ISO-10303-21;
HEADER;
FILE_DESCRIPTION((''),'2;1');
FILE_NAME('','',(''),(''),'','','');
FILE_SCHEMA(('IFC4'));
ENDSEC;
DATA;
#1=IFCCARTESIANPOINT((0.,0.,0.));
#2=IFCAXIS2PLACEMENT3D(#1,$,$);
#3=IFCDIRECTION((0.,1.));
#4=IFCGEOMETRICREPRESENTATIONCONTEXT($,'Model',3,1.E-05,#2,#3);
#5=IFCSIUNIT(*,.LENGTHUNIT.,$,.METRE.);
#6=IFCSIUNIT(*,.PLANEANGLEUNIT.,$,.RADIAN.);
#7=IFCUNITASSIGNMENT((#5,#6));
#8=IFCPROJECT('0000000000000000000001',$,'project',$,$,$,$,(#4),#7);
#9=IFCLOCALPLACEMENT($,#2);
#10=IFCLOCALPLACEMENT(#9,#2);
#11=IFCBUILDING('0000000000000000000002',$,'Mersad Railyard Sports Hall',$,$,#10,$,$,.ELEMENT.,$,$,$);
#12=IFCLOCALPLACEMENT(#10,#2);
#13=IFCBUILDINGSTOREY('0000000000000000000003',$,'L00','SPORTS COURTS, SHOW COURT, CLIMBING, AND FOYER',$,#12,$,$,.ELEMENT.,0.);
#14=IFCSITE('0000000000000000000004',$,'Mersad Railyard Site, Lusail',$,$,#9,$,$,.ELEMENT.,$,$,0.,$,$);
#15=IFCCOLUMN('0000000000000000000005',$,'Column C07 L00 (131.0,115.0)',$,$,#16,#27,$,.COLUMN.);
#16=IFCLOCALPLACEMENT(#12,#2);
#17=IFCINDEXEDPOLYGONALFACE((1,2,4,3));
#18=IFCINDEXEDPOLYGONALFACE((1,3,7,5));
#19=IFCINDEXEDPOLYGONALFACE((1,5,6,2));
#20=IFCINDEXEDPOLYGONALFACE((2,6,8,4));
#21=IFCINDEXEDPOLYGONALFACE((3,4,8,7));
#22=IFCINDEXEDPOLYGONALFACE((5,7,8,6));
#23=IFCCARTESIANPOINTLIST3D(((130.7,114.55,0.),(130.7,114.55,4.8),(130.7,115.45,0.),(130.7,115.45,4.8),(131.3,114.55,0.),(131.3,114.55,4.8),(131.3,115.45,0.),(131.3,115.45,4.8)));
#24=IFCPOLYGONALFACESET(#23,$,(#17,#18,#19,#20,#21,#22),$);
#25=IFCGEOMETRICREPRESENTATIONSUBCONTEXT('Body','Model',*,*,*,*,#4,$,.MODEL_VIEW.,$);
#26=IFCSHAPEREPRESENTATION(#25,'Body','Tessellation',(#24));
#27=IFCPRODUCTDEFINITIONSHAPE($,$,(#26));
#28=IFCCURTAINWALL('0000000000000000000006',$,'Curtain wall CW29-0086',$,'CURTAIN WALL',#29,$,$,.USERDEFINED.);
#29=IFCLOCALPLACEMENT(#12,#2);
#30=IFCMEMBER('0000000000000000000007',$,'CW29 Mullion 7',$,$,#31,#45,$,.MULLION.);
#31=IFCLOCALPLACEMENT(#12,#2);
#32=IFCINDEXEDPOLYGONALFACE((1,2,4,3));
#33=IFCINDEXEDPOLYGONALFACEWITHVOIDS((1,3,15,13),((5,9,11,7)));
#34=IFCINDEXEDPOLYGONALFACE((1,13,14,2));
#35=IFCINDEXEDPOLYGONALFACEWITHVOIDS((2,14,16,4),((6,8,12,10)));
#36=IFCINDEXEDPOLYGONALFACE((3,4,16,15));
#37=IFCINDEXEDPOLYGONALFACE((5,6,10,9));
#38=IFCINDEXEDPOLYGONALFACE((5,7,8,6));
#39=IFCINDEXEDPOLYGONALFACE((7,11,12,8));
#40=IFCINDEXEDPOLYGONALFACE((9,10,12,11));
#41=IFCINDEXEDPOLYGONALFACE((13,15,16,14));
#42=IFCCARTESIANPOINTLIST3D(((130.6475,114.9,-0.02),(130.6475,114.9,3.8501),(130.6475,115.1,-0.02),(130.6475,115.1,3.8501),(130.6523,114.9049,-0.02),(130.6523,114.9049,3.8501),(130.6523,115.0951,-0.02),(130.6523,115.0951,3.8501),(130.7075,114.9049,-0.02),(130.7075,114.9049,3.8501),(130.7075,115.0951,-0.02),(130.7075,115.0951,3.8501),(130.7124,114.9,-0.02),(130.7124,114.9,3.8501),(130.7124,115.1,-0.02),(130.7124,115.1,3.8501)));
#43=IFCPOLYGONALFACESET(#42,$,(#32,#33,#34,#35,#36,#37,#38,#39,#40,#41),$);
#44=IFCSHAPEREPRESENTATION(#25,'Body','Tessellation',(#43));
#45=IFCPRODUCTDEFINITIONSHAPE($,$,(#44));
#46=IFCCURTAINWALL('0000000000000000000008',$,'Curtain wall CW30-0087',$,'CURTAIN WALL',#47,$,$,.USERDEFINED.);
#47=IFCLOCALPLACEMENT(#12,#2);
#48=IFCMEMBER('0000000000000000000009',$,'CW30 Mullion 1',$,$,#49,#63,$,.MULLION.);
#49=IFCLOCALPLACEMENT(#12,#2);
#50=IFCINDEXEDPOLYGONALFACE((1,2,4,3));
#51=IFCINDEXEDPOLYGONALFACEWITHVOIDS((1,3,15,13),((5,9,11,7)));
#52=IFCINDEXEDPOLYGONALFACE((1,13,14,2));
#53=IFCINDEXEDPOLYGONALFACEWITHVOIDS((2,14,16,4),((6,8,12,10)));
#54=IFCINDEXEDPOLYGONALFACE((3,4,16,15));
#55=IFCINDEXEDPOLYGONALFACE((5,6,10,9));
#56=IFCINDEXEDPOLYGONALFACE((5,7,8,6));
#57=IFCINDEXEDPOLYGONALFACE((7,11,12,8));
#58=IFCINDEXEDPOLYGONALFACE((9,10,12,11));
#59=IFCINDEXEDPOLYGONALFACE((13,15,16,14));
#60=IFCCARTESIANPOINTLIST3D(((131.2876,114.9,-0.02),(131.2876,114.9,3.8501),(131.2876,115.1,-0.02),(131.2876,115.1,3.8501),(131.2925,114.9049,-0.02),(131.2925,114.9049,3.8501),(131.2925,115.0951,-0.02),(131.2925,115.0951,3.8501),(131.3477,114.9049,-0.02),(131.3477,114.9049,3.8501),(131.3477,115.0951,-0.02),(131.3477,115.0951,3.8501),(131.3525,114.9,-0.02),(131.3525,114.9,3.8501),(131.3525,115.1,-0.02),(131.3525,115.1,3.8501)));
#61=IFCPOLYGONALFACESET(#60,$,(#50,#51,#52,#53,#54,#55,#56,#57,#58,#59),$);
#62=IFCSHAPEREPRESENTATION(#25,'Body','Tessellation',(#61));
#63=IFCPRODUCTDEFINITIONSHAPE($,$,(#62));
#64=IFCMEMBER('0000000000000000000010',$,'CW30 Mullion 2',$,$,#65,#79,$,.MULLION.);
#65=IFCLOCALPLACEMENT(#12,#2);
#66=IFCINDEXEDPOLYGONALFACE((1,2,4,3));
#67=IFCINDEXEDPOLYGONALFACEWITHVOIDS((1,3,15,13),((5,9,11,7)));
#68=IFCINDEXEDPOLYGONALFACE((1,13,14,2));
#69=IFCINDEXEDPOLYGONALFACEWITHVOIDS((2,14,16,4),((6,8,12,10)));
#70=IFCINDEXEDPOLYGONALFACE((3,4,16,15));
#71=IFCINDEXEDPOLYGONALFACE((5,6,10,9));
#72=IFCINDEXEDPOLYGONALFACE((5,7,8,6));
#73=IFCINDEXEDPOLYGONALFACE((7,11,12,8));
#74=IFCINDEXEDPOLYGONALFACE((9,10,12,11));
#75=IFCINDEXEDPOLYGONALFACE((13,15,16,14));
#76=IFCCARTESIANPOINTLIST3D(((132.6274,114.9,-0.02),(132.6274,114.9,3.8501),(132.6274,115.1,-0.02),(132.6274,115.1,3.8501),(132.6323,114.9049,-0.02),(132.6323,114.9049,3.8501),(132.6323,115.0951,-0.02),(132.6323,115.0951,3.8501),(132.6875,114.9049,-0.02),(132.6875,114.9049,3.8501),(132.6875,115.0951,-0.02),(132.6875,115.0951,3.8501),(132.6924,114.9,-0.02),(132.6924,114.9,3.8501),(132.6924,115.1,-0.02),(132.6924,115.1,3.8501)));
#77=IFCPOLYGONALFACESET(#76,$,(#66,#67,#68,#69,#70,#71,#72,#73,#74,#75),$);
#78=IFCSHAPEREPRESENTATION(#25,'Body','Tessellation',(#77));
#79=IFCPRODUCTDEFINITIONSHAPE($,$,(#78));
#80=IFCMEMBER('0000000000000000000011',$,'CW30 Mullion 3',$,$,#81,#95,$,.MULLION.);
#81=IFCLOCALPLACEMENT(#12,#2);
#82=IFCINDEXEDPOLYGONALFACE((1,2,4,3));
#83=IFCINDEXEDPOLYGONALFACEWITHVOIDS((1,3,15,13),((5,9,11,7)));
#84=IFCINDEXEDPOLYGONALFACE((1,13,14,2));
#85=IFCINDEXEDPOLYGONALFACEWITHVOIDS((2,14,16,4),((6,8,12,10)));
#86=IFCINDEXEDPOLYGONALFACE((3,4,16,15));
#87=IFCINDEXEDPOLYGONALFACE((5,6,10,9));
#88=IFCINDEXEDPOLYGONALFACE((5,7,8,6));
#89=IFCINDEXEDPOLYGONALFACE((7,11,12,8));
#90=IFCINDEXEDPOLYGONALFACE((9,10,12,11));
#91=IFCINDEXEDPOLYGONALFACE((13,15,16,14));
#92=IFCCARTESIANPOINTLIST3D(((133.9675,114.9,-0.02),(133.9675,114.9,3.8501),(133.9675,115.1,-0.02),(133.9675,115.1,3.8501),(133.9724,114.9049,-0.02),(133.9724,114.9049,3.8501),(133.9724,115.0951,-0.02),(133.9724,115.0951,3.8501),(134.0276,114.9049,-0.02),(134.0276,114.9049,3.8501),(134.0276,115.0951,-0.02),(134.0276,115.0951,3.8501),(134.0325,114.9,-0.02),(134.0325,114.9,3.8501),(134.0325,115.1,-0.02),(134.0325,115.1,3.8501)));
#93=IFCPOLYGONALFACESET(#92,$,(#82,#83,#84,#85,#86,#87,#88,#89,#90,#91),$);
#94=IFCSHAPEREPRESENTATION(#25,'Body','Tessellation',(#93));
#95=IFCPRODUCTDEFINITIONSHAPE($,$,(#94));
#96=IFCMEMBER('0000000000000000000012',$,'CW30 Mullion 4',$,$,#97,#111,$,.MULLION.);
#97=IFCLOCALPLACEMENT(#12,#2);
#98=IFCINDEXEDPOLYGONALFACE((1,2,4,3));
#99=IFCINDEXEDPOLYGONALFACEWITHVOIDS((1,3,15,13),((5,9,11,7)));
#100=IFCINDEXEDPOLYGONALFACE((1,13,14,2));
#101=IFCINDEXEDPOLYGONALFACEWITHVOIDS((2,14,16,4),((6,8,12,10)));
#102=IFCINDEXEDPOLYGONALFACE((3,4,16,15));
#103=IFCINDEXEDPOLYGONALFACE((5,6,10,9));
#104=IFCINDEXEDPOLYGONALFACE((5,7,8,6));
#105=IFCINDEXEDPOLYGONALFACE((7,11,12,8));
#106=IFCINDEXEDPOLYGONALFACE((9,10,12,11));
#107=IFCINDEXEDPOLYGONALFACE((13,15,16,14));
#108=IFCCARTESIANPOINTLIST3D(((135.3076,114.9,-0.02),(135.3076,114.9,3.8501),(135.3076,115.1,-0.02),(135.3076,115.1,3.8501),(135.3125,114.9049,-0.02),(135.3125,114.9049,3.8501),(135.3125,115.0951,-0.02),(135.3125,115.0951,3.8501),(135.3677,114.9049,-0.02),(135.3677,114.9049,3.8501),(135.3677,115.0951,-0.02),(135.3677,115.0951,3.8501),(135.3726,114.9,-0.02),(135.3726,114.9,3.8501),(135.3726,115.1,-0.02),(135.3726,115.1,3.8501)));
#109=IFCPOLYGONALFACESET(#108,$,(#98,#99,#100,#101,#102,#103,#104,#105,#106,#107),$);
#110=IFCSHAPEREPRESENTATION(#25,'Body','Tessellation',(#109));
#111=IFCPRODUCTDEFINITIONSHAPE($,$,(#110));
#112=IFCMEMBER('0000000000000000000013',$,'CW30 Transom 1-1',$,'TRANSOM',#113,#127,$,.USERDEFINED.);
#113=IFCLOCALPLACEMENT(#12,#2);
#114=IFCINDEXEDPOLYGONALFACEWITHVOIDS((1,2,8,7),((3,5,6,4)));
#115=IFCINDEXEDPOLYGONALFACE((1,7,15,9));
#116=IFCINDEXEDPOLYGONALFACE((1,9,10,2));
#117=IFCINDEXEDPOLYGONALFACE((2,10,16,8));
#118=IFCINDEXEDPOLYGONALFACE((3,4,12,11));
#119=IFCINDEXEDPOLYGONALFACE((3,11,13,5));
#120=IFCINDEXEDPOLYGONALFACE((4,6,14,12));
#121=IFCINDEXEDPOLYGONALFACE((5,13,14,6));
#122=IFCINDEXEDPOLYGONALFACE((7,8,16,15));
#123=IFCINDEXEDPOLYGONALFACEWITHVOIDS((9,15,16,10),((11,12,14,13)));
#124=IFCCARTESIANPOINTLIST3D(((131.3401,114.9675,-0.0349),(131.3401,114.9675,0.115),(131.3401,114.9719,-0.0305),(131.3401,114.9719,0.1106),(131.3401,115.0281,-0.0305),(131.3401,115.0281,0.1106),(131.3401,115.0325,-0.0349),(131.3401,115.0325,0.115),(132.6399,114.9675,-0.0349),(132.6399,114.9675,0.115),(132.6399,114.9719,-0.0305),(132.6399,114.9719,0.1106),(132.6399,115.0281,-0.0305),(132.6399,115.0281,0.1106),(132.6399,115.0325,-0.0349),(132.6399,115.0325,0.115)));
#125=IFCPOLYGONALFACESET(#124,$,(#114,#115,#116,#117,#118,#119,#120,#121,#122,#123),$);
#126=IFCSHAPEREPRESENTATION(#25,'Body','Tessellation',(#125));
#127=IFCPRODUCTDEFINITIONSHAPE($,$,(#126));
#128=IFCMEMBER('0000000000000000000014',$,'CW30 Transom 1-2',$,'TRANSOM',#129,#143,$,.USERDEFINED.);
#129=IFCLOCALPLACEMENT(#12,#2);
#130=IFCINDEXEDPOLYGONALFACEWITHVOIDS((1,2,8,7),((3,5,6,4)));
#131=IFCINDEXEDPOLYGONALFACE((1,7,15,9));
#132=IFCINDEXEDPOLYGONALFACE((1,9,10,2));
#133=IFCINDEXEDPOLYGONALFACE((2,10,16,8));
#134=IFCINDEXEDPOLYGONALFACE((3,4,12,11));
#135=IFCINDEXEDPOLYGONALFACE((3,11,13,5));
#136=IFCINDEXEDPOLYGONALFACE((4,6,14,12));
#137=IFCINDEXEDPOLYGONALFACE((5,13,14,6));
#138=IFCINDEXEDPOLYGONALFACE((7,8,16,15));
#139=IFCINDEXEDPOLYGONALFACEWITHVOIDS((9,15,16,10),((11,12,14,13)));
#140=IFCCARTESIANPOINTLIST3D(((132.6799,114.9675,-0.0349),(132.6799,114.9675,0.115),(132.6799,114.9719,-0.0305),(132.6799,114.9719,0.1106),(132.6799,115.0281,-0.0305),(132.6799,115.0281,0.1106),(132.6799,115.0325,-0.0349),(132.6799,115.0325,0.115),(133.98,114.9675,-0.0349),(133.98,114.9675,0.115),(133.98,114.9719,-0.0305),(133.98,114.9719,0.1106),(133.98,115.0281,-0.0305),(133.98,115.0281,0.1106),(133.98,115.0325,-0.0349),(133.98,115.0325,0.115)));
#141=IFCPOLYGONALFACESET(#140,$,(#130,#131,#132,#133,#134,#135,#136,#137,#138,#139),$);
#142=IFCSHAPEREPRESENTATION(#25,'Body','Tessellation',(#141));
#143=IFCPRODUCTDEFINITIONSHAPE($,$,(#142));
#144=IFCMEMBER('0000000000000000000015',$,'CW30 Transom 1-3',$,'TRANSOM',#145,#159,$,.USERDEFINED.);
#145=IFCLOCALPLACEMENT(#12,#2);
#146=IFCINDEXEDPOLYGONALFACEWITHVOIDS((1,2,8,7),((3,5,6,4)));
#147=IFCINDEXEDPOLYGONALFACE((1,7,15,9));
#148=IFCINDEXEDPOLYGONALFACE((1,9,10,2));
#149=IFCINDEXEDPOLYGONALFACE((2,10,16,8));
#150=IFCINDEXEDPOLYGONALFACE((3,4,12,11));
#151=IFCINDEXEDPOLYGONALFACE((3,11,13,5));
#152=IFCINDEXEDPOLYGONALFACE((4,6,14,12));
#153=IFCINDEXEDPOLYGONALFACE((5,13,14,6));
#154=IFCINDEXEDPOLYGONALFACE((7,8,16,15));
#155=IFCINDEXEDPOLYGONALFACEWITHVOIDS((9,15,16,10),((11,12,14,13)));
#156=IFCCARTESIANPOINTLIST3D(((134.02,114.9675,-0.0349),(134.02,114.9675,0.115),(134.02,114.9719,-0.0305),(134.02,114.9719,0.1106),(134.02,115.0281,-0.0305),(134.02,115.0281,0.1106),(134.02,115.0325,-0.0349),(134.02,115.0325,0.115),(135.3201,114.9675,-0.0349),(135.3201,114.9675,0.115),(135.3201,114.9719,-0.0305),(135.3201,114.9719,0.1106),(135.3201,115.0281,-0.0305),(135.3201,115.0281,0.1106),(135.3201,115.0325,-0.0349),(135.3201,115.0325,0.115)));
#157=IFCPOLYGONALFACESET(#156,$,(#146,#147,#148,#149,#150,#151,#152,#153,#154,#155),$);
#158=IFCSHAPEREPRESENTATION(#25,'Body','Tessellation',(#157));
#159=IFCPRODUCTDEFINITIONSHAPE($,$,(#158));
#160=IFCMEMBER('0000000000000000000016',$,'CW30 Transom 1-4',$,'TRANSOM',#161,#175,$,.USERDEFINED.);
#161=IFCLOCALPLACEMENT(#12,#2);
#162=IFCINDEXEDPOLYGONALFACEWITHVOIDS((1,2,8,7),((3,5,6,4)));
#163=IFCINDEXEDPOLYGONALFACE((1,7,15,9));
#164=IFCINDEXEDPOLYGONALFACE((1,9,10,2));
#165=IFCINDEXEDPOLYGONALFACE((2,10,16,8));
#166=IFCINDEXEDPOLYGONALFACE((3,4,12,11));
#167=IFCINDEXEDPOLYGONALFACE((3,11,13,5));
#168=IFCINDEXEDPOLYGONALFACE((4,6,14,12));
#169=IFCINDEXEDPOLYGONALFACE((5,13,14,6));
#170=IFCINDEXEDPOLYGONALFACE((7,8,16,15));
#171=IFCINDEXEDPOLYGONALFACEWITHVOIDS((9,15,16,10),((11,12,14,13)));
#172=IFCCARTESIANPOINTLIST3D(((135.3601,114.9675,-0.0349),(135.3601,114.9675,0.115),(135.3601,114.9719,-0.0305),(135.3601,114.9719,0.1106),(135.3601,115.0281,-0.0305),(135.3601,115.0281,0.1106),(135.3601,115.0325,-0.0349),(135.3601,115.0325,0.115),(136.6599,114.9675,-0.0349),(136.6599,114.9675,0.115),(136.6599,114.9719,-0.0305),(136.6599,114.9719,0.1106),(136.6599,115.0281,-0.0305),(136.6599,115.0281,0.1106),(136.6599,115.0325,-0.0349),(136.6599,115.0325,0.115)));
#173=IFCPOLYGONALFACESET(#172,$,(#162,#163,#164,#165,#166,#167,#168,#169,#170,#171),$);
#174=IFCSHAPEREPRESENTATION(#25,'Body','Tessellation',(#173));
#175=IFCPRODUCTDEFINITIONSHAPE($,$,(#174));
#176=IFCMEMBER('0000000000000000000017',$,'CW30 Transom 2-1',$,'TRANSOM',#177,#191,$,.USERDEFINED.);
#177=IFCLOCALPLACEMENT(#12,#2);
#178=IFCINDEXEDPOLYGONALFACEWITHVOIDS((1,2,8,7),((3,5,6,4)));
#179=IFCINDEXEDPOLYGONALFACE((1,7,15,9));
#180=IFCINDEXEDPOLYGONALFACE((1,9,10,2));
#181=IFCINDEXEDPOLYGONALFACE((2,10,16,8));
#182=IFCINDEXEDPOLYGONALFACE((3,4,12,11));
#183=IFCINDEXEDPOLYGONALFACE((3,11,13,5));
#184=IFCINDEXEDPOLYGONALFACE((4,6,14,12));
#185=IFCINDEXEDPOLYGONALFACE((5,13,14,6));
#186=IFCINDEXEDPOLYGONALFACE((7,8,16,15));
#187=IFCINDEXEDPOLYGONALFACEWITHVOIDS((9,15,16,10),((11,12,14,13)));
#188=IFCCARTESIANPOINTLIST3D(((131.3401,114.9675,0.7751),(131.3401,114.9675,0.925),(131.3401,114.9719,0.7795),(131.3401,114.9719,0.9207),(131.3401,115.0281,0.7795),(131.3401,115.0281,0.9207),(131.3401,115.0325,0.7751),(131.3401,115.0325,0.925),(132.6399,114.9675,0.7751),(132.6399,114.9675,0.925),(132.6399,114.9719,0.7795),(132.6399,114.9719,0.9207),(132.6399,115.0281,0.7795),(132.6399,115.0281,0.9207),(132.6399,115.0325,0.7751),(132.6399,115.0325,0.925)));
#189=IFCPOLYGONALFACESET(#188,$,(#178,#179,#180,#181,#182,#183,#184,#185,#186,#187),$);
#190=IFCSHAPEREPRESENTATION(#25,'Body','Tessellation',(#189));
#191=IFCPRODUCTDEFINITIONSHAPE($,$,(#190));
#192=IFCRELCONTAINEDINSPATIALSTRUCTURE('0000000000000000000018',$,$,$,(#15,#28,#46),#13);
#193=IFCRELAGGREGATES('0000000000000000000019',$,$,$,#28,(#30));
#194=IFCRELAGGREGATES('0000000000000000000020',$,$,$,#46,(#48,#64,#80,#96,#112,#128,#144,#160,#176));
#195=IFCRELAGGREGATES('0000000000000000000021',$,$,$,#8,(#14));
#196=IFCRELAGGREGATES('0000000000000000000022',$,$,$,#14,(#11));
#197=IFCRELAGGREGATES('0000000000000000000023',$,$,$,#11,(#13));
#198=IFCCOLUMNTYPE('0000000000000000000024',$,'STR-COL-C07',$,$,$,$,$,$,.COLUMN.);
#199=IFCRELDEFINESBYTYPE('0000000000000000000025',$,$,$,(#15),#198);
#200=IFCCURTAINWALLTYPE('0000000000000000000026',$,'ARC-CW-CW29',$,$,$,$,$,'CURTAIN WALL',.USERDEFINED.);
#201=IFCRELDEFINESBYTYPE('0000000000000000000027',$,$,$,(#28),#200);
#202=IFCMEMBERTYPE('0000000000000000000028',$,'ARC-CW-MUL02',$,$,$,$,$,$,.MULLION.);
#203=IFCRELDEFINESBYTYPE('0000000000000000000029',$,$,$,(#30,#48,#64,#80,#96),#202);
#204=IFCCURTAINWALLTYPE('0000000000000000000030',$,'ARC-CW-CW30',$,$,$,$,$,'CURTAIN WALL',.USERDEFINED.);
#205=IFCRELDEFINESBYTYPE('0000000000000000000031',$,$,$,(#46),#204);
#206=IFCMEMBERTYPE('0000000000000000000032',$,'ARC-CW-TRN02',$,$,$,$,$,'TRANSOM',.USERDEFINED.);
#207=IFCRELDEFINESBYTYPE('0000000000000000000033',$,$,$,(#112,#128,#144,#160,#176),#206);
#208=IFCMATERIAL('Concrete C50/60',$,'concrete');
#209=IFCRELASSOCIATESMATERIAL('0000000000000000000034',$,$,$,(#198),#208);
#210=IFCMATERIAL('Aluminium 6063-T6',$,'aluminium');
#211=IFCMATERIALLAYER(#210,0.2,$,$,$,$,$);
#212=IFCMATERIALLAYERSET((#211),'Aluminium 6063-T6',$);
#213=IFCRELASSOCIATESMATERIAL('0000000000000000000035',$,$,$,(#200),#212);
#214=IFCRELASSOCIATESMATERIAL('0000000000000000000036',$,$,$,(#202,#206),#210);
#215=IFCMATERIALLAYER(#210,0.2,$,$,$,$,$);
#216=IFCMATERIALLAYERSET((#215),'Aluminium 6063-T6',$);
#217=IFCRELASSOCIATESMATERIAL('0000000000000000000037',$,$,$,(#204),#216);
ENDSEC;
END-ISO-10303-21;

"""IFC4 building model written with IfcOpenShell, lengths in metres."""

from ifc_helpers import new_model, si_unit, direction, frame, origin, origin_2d, place, context, subcontext, project, spatial, rectangle, hollow_rectangle, extrude, material, layer, layer_set, material_profile, profile_set, type_object, element, aggregate, save


model = new_model("IFC4")

# Units and contexts
model_context = context("Model", 3, precision=1e-05, world=origin(), true_north=direction((0.0, 1.0)))
body_context = subcontext(model_context, "Body", "Model", "MODEL_VIEW")
ifc_project = project(units=[si_unit("LENGTHUNIT", "METRE"), si_unit("PLANEANGLEUNIT", "RADIAN")], contexts=[model_context])

# Site, building, storey
site_placement = place(None, origin())
site = spatial("IfcSite", under=ifc_project, at=site_placement, Name="Mersad Railyard Site, Lusail", CompositionType="ELEMENT", RefElevation=0.0)
building_placement = place(site_placement, origin())
building = spatial("IfcBuilding", under=site, at=building_placement, Name="Mersad Railyard Sports Hall", CompositionType="ELEMENT")
storey_placement = place(building_placement, origin())
storey = spatial("IfcBuildingStorey", under=building, at=storey_placement, Name="L00", Description="SPORTS COURTS, SHOW COURT, CLIMBING, AND FOYER", CompositionType="ELEMENT", Elevation=0.0)

# Column
ifc_material_1 = material(Name="Concrete C50/60", Category="concrete")
ifc_material_profile_1 = material_profile(ifc_material_1, rectangle(XDim=0.6001, YDim=0.8999, at=origin_2d()), Name="RC 600x900")
ifc_profile_set_1 = profile_set([ifc_material_profile_1], Name="Concrete C50/60")
column_type = type_object("IfcColumnType", Name="STR-COL-C07", PredefinedType="COLUMN", material=ifc_profile_set_1)
column_placement = place(storey_placement, frame((131.0, 115.0, 0.0), z_axis=(0.0, 0.0, 1.0), x_axis=(1.0, 0.0, 0.0)))
element("IfcColumn", 1, at=column_placement, inside=storey, type_object=column_type, Name="Column C07 L00 (131.0,115.0)", PredefinedType="COLUMN", context=body_context, shape_type="SweptSolid", body=[
    extrude(rectangle(XDim=0.6001, YDim=0.8999, at=origin_2d()), origin(), (0.0, 0.0, 1.0), 4.8),
])

# Curtain wall, member
ifc_material_2 = material(Name="Aluminium 6063-T6", Category="aluminium")
ifc_layer_1 = layer(ifc_material_2, 0.2)
ifc_layer_set_1 = layer_set([ifc_layer_1], Name="Aluminium 6063-T6")
curtain_wall_type_1 = type_object("IfcCurtainWallType", Name="ARC-CW-CW29", ElementType="CURTAIN WALL", PredefinedType="USERDEFINED", material=ifc_layer_set_1)
curtain_wall_1_placement = place(storey_placement, origin())
curtain_wall_1 = element("IfcCurtainWall", 2, at=curtain_wall_1_placement, inside=storey, type_object=curtain_wall_type_1, Name="Curtain wall CW29-0086", ObjectType="CURTAIN WALL", PredefinedType="USERDEFINED")
ifc_material_profile_2 = material_profile(ifc_material_2, hollow_rectangle(XDim=0.0649, YDim=0.2, WallThickness=0.0049, at=origin_2d()), Name="AL MULLION 65x200x5")
ifc_profile_set_2 = profile_set([ifc_material_profile_2], Name="Aluminium 6063-T6")
member_type_1 = type_object("IfcMemberType", Name="ARC-CW-MUL02", PredefinedType="MULLION", material=ifc_profile_set_2)
member_1_placement = place(storey_placement, frame((130.6799, 115.0, -0.02), z_axis=(0.0, 0.0, 1.0), x_axis=(1.0, 0.0, 0.0)))
member_1 = element("IfcMember", 3, at=member_1_placement, type_object=member_type_1, Name="CW29 Mullion 7", PredefinedType="MULLION", context=body_context, shape_type="SweptSolid", body=[
    extrude(hollow_rectangle(XDim=0.0649, YDim=0.2, WallThickness=0.0049, at=origin_2d()), origin(), (0.0, 0.0, 1.0), 3.8701),
])
aggregate(curtain_wall_1, [member_1])

# Curtain wall, members
ifc_layer_2 = layer(ifc_material_2, 0.2)
ifc_layer_set_2 = layer_set([ifc_layer_2], Name="Aluminium 6063-T6")
curtain_wall_type_2 = type_object("IfcCurtainWallType", Name="ARC-CW-CW30", ElementType="CURTAIN WALL", PredefinedType="USERDEFINED", material=ifc_layer_set_2)
curtain_wall_2_placement = place(storey_placement, origin())
curtain_wall_2 = element("IfcCurtainWall", 4, at=curtain_wall_2_placement, inside=storey, type_object=curtain_wall_type_2, Name="Curtain wall CW30-0087", ObjectType="CURTAIN WALL", PredefinedType="USERDEFINED")
member_2_placement = place(storey_placement, frame((131.3201, 115.0, -0.02), z_axis=(0.0, 0.0, 1.0), x_axis=(1.0, 0.0, 0.0)))
member_2 = element("IfcMember", 5, at=member_2_placement, type_object=member_type_1, Name="CW30 Mullion 1", PredefinedType="MULLION", context=body_context, shape_type="SweptSolid", body=[
    extrude(hollow_rectangle(XDim=0.0649, YDim=0.2, WallThickness=0.0049, at=origin_2d()), origin(), (0.0, 0.0, 1.0), 3.8701),
])
member_3_placement = place(storey_placement, frame((132.6599, 115.0, -0.02), z_axis=(0.0, 0.0, 1.0), x_axis=(1.0, 0.0, 0.0)))
member_3 = element("IfcMember", 6, at=member_3_placement, type_object=member_type_1, Name="CW30 Mullion 2", PredefinedType="MULLION", context=body_context, shape_type="SweptSolid", body=[
    extrude(hollow_rectangle(XDim=0.0649, YDim=0.2, WallThickness=0.0049, at=origin_2d()), origin(), (0.0, 0.0, 1.0), 3.8701),
])
member_4_placement = place(storey_placement, frame((134.0, 115.0, -0.02), z_axis=(0.0, 0.0, 1.0), x_axis=(1.0, 0.0, 0.0)))
member_4 = element("IfcMember", 7, at=member_4_placement, type_object=member_type_1, Name="CW30 Mullion 3", PredefinedType="MULLION", context=body_context, shape_type="SweptSolid", body=[
    extrude(hollow_rectangle(XDim=0.0649, YDim=0.2, WallThickness=0.0049, at=origin_2d()), origin(), (0.0, 0.0, 1.0), 3.8701),
])
member_5_placement = place(storey_placement, frame((135.3401, 115.0, -0.02), z_axis=(0.0, 0.0, 1.0), x_axis=(1.0, 0.0, 0.0)))
member_5 = element("IfcMember", 8, at=member_5_placement, type_object=member_type_1, Name="CW30 Mullion 4", PredefinedType="MULLION", context=body_context, shape_type="SweptSolid", body=[
    extrude(hollow_rectangle(XDim=0.0649, YDim=0.2, WallThickness=0.0049, at=origin_2d()), origin(), (0.0, 0.0, 1.0), 3.8701),
])
ifc_material_profile_3 = material_profile(ifc_material_2, hollow_rectangle(XDim=0.0649, YDim=0.1499, WallThickness=0.0044, at=origin_2d()), Name="AL TRANSOM 65x150x4.5")
ifc_profile_set_3 = profile_set([ifc_material_profile_3], Name="Aluminium 6063-T6")
member_type_2 = type_object("IfcMemberType", Name="ARC-CW-TRN02", ElementType="TRANSOM", PredefinedType="USERDEFINED", material=ifc_profile_set_3)
member_6_placement = place(storey_placement, frame((131.3401, 115.0, 0.04), z_axis=(1.0, 0.0, 0.0), x_axis=(0.0, 1.0, 0.0)))
member_6 = element("IfcMember", 9, at=member_6_placement, type_object=member_type_2, Name="CW30 Transom 1-1", ObjectType="TRANSOM", PredefinedType="USERDEFINED", context=body_context, shape_type="SweptSolid", body=[
    extrude(hollow_rectangle(XDim=0.0649, YDim=0.1499, WallThickness=0.0044, at=origin_2d()), origin(), (0.0, 0.0, 1.0), 1.2998),
])
member_7_placement = place(storey_placement, frame((132.6799, 115.0, 0.04), z_axis=(1.0, 0.0, 0.0), x_axis=(0.0, 1.0, 0.0)))
member_7 = element("IfcMember", 10, at=member_7_placement, type_object=member_type_2, Name="CW30 Transom 1-2", ObjectType="TRANSOM", PredefinedType="USERDEFINED", context=body_context, shape_type="SweptSolid", body=[
    extrude(hollow_rectangle(XDim=0.0649, YDim=0.1499, WallThickness=0.0044, at=origin_2d()), origin(), (0.0, 0.0, 1.0), 1.3),
])
member_8_placement = place(storey_placement, frame((134.02, 115.0, 0.04), z_axis=(1.0, 0.0, 0.0), x_axis=(0.0, 1.0, 0.0)))
member_8 = element("IfcMember", 11, at=member_8_placement, type_object=member_type_2, Name="CW30 Transom 1-3", ObjectType="TRANSOM", PredefinedType="USERDEFINED", context=body_context, shape_type="SweptSolid", body=[
    extrude(hollow_rectangle(XDim=0.0649, YDim=0.1499, WallThickness=0.0044, at=origin_2d()), origin(), (0.0, 0.0, 1.0), 1.3),
])
member_9_placement = place(storey_placement, frame((135.3601, 115.0, 0.04), z_axis=(1.0, 0.0, 0.0), x_axis=(0.0, 1.0, 0.0)))
member_9 = element("IfcMember", 12, at=member_9_placement, type_object=member_type_2, Name="CW30 Transom 1-4", ObjectType="TRANSOM", PredefinedType="USERDEFINED", context=body_context, shape_type="SweptSolid", body=[
    extrude(hollow_rectangle(XDim=0.0649, YDim=0.1499, WallThickness=0.0044, at=origin_2d()), origin(), (0.0, 0.0, 1.0), 1.2998),
])
member_10_placement = place(storey_placement, frame((131.3401, 115.0, 0.8501), z_axis=(1.0, 0.0, 0.0), x_axis=(0.0, 1.0, 0.0)))
member_10 = element("IfcMember", 13, at=member_10_placement, type_object=member_type_2, Name="CW30 Transom 2-1", ObjectType="TRANSOM", PredefinedType="USERDEFINED", context=body_context, shape_type="SweptSolid", body=[
    extrude(hollow_rectangle(XDim=0.0649, YDim=0.1499, WallThickness=0.0044, at=origin_2d()), origin(), (0.0, 0.0, 1.0), 1.2998),
])

aggregate(curtain_wall_2, [member_2, member_3, member_4, member_5, member_6, member_7, member_8, member_9, member_10])

save(model, "model.ifc")
